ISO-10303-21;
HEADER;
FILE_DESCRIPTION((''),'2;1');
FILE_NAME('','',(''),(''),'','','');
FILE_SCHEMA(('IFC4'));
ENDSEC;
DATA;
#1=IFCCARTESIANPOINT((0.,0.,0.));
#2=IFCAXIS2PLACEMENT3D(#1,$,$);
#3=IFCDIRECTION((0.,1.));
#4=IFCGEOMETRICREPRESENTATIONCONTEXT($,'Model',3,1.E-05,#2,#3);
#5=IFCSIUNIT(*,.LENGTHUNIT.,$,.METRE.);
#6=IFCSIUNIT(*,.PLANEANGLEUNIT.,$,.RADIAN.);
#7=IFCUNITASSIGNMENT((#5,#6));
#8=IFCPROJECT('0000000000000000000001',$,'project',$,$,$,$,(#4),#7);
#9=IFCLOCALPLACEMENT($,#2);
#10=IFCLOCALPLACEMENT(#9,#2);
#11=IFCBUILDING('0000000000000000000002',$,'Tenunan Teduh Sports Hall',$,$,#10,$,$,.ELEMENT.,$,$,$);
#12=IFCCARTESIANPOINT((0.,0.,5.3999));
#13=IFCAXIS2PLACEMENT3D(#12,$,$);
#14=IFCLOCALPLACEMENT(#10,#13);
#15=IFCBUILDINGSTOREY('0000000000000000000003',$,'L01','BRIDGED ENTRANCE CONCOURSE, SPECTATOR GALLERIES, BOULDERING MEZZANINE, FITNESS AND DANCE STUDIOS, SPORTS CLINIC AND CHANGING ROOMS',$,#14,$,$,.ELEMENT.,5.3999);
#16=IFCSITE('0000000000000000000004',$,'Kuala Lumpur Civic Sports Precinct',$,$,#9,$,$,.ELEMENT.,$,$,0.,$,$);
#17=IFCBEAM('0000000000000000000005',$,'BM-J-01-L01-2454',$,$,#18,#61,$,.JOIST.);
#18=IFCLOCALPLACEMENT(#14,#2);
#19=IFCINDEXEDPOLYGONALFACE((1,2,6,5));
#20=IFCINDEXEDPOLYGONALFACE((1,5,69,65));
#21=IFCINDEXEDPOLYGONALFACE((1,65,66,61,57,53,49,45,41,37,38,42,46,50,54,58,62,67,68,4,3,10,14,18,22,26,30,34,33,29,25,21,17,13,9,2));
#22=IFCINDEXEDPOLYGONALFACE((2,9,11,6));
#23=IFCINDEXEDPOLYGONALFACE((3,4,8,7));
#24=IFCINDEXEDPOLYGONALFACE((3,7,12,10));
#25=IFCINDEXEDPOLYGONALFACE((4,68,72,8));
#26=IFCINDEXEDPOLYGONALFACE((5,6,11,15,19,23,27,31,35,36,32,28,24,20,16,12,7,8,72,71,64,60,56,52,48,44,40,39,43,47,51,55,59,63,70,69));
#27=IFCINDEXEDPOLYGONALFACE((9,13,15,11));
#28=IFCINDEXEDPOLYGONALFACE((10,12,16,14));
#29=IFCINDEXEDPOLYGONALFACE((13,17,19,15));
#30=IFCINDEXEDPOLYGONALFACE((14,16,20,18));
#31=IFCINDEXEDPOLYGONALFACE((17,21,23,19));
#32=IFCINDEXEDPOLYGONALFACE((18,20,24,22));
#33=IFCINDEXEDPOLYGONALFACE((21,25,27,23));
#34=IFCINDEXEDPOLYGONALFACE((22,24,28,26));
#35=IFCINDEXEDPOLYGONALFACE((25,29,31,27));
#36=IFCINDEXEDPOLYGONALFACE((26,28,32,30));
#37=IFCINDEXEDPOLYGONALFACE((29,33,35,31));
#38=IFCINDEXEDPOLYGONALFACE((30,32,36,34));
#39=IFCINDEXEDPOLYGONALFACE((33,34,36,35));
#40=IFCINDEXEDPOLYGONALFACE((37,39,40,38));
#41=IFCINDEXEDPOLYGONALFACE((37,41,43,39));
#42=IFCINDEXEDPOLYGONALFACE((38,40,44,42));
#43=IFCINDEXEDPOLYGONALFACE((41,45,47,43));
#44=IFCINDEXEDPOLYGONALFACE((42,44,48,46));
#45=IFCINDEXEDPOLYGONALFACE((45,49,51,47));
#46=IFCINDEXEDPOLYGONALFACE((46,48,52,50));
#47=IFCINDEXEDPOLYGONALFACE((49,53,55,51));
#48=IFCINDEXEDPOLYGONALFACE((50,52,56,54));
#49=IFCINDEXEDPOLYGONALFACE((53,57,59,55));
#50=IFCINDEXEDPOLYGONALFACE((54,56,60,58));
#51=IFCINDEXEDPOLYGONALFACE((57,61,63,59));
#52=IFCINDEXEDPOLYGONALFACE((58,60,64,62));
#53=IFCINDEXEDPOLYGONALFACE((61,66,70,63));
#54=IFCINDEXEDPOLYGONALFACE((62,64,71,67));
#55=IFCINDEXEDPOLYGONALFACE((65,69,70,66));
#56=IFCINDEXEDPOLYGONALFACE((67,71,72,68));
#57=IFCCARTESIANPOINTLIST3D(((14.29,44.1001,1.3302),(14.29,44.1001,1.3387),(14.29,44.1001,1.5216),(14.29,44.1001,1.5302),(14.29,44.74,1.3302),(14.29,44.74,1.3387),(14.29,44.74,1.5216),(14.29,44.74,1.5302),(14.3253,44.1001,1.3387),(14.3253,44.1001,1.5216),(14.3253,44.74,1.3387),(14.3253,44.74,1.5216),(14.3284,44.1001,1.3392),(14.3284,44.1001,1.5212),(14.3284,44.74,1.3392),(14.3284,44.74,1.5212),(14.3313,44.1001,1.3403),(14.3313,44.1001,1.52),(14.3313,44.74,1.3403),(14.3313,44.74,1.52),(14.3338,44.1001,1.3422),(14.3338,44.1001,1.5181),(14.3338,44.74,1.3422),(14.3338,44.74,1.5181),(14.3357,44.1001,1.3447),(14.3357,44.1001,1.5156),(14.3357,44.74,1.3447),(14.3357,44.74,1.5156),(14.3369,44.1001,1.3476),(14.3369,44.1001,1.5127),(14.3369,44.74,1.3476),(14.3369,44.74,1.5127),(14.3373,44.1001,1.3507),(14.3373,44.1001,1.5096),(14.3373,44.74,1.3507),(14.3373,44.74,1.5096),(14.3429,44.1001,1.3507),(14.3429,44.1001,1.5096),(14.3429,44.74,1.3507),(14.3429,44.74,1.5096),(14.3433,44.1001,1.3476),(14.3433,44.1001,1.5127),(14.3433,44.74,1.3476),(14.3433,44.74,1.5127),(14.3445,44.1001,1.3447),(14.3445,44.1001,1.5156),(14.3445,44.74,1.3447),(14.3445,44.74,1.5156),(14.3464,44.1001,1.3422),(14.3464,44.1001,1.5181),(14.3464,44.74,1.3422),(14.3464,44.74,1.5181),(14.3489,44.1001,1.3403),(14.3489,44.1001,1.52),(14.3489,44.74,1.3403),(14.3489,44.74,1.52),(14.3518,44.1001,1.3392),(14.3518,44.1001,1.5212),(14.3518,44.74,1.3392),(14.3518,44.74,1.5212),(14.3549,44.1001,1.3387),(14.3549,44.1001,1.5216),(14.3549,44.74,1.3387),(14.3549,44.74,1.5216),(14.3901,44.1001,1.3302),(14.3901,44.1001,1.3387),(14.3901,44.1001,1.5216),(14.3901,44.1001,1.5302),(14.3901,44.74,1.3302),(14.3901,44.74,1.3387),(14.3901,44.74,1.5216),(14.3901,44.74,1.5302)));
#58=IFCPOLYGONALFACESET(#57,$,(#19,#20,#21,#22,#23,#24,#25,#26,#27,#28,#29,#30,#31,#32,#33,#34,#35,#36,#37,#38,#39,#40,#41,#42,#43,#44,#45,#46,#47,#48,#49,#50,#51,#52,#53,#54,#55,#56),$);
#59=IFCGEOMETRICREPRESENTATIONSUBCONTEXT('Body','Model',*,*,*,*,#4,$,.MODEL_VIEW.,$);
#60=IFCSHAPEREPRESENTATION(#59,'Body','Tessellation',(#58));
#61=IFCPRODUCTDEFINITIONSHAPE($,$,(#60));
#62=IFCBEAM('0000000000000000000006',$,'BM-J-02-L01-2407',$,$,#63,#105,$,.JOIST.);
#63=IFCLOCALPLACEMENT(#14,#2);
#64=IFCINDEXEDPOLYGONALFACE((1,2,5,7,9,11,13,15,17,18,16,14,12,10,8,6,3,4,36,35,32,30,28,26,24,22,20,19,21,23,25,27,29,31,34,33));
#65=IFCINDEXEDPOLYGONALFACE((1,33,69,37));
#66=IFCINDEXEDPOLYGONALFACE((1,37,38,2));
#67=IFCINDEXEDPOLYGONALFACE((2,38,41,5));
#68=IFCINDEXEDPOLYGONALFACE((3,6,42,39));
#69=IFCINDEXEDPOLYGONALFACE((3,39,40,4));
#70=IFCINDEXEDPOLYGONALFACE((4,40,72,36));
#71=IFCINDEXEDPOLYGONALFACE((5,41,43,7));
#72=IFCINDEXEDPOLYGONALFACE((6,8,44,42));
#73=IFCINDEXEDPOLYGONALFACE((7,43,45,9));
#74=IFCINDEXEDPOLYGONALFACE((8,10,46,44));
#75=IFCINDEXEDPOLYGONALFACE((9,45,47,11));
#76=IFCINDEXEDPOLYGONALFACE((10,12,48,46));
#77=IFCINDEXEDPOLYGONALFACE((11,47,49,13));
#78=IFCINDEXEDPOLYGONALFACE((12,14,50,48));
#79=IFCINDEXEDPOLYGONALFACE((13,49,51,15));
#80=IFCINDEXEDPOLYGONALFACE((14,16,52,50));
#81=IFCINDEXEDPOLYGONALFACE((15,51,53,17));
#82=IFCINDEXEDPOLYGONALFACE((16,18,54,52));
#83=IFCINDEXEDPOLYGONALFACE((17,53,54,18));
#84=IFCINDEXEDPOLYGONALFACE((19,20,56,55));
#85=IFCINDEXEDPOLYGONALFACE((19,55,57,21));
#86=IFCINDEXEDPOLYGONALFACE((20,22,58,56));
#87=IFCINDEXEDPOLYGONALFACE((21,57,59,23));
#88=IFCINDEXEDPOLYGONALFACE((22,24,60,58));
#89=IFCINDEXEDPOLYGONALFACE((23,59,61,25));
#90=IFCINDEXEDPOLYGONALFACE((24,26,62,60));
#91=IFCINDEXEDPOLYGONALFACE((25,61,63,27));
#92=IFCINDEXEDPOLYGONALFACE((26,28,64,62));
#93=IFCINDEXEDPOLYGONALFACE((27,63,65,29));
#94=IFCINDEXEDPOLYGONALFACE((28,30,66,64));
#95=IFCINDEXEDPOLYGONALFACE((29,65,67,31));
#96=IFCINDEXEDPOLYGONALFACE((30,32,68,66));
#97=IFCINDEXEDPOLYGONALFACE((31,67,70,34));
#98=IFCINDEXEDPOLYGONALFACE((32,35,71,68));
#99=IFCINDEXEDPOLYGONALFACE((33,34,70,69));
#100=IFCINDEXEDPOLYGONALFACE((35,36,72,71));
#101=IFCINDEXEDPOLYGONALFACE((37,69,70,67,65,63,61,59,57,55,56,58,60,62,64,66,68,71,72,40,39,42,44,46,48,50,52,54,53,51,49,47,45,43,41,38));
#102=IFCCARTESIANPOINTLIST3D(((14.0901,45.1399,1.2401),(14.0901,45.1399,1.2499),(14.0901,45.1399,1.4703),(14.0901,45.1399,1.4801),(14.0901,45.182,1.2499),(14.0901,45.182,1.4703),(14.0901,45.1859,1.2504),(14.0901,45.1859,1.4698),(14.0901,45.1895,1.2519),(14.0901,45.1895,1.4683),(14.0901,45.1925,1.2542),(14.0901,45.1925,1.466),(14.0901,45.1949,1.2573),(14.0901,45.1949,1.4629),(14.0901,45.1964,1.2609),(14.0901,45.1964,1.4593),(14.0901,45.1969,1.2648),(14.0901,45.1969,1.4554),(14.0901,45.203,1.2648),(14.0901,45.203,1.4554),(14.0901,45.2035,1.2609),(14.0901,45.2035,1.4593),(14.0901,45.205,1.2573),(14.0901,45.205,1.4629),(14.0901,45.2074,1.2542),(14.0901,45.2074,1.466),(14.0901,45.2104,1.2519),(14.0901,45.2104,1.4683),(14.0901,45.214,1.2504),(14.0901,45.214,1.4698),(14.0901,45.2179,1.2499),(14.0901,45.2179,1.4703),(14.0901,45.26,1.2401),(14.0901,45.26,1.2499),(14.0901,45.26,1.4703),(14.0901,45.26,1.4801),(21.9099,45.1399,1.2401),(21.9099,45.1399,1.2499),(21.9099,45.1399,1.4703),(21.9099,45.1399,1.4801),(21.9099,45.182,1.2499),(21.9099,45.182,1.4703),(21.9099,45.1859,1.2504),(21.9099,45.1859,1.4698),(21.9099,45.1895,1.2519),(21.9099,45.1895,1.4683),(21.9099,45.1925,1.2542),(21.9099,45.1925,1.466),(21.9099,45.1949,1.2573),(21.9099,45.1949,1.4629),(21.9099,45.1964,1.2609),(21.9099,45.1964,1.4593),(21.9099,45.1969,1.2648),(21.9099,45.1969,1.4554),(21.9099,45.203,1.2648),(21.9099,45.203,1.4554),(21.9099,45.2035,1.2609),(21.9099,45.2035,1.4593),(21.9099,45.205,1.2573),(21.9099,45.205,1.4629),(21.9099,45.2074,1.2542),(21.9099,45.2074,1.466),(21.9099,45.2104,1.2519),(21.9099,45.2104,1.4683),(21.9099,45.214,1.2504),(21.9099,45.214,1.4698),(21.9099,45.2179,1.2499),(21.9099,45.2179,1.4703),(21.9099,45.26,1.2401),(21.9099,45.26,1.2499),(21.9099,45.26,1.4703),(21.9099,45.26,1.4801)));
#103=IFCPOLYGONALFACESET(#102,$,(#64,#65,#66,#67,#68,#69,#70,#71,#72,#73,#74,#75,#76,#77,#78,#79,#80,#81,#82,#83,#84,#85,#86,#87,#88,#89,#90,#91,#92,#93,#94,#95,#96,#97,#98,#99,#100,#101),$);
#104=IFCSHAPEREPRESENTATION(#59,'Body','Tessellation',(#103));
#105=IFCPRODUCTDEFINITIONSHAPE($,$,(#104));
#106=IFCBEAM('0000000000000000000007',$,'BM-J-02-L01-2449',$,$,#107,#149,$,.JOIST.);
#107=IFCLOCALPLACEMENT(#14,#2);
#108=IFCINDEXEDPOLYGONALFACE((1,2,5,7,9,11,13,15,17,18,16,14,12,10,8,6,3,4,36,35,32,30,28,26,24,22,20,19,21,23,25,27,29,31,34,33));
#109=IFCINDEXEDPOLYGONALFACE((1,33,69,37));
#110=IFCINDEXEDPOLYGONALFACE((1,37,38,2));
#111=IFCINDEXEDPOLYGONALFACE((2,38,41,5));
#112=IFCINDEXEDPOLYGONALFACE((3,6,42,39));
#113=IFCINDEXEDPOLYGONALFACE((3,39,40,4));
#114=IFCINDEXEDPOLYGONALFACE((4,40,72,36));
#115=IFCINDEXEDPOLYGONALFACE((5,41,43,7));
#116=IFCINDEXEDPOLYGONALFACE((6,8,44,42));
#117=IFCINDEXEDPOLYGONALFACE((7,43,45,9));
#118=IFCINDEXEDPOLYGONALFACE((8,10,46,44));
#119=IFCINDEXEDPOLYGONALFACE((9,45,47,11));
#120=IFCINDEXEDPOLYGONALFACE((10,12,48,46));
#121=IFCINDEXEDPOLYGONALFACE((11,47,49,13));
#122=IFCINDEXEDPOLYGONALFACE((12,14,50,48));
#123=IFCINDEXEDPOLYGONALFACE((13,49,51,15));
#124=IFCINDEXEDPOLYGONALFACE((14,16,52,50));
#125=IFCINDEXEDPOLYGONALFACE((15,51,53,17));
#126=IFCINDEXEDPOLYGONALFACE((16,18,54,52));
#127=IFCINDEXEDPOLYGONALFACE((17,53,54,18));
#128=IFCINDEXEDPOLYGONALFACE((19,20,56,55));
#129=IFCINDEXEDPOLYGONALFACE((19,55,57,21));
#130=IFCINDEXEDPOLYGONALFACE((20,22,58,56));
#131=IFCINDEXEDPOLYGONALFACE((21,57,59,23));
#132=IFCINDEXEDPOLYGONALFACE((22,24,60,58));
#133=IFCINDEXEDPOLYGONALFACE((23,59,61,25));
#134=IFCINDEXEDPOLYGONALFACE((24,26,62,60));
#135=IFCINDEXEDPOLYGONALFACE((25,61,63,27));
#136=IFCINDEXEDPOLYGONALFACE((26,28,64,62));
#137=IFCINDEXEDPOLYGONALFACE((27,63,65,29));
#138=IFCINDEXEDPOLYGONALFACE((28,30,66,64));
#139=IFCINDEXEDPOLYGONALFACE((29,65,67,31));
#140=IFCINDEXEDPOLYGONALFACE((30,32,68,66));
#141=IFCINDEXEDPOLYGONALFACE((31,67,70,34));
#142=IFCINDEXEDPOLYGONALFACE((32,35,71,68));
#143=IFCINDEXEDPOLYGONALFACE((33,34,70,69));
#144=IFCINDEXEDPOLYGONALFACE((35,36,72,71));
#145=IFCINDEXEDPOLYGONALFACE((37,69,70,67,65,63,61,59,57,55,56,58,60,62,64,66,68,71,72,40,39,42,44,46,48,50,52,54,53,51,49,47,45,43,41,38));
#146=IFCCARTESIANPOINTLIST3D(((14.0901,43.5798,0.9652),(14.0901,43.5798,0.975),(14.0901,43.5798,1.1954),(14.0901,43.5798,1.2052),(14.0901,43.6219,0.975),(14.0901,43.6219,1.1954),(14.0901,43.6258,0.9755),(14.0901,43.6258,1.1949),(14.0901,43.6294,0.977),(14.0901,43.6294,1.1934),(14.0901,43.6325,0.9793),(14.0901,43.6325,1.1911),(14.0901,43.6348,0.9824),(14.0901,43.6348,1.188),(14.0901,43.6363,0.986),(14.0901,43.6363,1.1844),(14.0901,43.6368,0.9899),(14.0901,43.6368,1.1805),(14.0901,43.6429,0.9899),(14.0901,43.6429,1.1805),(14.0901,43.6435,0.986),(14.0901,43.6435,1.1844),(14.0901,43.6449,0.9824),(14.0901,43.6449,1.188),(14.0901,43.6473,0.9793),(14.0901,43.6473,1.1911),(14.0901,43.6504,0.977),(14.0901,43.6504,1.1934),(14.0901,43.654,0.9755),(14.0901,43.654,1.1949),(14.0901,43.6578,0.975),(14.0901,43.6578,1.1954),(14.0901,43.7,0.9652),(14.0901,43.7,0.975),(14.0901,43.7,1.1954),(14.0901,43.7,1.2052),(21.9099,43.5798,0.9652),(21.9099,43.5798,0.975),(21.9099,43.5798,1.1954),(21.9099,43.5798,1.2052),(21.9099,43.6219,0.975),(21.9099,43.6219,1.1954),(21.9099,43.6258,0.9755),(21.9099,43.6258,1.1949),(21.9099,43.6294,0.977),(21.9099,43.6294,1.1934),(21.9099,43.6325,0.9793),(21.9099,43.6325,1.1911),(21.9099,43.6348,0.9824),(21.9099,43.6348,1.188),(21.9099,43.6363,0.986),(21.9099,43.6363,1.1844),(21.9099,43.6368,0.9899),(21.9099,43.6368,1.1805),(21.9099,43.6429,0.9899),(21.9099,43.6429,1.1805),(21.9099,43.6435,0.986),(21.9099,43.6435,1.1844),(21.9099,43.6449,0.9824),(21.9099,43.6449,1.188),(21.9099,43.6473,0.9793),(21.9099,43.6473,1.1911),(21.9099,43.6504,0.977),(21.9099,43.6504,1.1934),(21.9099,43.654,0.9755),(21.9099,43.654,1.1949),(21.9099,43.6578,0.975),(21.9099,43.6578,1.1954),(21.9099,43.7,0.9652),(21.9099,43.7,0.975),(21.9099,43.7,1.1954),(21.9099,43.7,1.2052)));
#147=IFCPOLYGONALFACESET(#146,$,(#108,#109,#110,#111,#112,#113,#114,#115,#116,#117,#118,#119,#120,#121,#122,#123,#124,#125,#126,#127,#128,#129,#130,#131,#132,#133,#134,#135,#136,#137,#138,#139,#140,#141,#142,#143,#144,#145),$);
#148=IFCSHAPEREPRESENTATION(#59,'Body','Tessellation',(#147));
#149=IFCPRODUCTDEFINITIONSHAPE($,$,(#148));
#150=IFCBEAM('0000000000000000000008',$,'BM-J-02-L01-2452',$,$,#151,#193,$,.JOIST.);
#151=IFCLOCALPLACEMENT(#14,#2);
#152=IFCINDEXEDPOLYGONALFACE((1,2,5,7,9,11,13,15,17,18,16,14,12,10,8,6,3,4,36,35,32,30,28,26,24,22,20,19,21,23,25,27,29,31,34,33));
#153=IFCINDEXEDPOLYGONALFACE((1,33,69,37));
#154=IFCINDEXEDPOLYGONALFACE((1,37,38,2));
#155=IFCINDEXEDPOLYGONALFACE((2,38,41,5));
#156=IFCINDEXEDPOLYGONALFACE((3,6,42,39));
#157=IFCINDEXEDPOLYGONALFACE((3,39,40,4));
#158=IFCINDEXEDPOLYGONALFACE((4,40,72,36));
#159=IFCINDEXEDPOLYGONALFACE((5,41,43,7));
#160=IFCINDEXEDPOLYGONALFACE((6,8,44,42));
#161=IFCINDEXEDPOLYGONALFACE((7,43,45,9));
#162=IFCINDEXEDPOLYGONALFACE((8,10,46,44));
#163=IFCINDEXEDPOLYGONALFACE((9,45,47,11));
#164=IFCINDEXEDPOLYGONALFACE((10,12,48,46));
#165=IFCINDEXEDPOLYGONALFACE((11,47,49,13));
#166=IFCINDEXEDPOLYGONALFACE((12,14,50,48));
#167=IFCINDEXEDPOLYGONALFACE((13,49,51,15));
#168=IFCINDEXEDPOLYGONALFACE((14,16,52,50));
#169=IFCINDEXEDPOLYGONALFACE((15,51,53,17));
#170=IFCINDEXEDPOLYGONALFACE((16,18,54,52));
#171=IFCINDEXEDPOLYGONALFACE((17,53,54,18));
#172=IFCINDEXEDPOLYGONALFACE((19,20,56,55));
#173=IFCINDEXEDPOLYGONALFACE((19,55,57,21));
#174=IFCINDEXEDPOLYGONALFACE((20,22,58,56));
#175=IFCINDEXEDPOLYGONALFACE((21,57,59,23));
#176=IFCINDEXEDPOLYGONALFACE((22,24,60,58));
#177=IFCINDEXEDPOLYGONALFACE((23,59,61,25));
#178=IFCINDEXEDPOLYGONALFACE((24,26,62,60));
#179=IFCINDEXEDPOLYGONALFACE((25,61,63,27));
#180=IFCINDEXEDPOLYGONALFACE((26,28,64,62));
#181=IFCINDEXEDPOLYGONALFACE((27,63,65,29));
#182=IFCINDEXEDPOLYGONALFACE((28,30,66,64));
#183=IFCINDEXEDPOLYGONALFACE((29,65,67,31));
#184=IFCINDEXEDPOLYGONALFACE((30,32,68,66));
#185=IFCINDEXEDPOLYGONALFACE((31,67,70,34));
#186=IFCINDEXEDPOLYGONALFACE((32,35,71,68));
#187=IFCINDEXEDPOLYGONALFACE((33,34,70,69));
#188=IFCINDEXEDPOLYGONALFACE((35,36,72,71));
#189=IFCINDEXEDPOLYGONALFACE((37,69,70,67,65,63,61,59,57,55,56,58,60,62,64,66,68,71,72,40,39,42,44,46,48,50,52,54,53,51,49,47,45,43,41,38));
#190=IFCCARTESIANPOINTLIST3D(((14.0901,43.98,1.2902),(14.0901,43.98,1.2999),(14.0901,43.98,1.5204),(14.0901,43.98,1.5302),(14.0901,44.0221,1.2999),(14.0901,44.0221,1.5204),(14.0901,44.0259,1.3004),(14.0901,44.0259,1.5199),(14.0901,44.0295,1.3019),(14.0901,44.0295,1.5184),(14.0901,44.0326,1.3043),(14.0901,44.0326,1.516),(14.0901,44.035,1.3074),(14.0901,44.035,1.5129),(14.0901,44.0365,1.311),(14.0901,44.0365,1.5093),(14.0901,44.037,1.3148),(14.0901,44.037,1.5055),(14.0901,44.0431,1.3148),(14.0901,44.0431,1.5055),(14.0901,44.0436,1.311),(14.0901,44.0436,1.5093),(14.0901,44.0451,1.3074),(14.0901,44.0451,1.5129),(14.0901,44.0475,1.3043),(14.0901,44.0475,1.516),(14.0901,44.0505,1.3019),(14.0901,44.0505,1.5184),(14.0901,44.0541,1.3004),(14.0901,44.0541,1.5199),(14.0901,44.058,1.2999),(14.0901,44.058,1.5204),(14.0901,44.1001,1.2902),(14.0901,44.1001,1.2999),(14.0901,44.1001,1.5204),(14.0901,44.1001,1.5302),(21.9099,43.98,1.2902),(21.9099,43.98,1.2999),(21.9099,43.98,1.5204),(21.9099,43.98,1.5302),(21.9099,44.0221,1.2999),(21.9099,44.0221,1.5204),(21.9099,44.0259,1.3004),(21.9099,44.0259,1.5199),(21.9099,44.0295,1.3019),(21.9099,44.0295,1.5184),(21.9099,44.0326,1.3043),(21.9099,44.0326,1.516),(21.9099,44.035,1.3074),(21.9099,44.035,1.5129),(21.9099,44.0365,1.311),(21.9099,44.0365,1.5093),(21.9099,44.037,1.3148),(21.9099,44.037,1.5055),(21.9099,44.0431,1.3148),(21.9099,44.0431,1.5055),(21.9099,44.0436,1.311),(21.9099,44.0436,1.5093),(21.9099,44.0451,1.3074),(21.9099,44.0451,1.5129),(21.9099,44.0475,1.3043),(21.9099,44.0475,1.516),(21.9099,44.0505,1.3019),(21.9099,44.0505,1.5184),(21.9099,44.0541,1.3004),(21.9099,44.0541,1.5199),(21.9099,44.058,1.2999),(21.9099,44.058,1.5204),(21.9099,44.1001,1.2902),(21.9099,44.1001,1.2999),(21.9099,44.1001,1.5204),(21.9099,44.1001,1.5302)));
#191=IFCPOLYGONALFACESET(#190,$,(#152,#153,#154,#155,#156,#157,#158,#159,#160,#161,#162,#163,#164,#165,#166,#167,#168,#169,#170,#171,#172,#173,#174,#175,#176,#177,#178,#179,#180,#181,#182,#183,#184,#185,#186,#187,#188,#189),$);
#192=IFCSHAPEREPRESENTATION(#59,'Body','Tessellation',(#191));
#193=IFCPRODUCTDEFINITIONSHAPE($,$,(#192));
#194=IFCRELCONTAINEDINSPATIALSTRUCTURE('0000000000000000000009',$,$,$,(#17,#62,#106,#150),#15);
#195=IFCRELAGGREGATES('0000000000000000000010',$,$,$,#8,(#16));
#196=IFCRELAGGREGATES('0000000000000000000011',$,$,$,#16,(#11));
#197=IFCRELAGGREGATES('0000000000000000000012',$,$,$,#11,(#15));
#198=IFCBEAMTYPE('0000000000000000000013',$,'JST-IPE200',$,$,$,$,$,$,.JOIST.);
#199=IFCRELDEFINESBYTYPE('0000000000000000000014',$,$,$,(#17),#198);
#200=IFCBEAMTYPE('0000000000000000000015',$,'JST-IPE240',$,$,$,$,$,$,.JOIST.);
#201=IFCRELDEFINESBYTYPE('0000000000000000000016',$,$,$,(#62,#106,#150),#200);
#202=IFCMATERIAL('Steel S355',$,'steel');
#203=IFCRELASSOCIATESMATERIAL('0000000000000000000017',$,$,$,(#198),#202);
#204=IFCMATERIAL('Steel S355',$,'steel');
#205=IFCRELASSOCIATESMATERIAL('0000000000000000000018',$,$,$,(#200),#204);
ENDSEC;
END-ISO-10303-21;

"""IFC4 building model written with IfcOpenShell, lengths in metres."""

from ifc_helpers import new_model, si_unit, direction, frame, origin, origin_2d, place, context, subcontext, project, spatial, i_section, extrude, material, material_profile, profile_set, type_object, element, save


model = new_model("IFC4")

# Units and contexts
model_context = context("Model", 3, precision=1e-05, world=origin(), true_north=direction((0.0, 1.0)))
body_context = subcontext(model_context, "Body", "Model", "MODEL_VIEW")
ifc_project = project(units=[si_unit("LENGTHUNIT", "METRE"), si_unit("PLANEANGLEUNIT", "RADIAN")], contexts=[model_context])

# Site, building, storey
site_placement = place(None, origin())
site = spatial("IfcSite", under=ifc_project, at=site_placement, Name="Kuala Lumpur Civic Sports Precinct", CompositionType="ELEMENT", RefElevation=0.0)
building_placement = place(site_placement, origin())
building = spatial("IfcBuilding", under=site, at=building_placement, Name="Tenunan Teduh Sports Hall", CompositionType="ELEMENT")
storey_placement = place(building_placement, frame((0.0, 0.0, 5.3999)))
storey = spatial("IfcBuildingStorey", under=building, at=storey_placement, Name="L01", Description="BRIDGED ENTRANCE CONCOURSE, SPECTATOR GALLERIES, BOULDERING MEZZANINE, FITNESS AND DANCE STUDIOS, SPORTS CLINIC AND CHANGING ROOMS", CompositionType="ELEMENT", Elevation=5.3999)

# Beams
ifc_material_1 = material(Name="Steel S355", Category="steel")
ifc_material_profile_1 = material_profile(ifc_material_1, i_section(OverallWidth=0.1001, OverallDepth=0.2, WebThickness=0.0056, FlangeThickness=0.0085, FilletRadius=0.012, at=origin_2d()), Name="IPE 200")
ifc_profile_set_1 = profile_set([ifc_material_profile_1], Name="Steel S355")
beam_type_1 = type_object("IfcBeamType", Name="JST-IPE200", PredefinedType="JOIST", material=ifc_profile_set_1)
for number, where, z_axis, x_axis, name in (
    (1, (14.3401, 44.1001, 1.4302), (0.0, 1.0, 0.0), (-1.0, 0.0, 0.0), "BM-J-01-L01-2454"),
):
    element("IfcBeam", number, at=place(storey_placement, frame(where, z_axis=z_axis, x_axis=x_axis)), inside=storey, type_object=beam_type_1, Name=name, PredefinedType="JOIST", context=body_context, shape_type="SweptSolid", body=[
        extrude(i_section(OverallWidth=0.1001, OverallDepth=0.2, WebThickness=0.0056, FlangeThickness=0.0085, FilletRadius=0.012, at=origin_2d()), origin(), (0.0, 0.0, 1.0), 0.6399),
    ])
ifc_material_2 = material(Name="Steel S355", Category="steel")
ifc_material_profile_2 = material_profile(ifc_material_2, i_section(OverallWidth=0.1201, OverallDepth=0.24, WebThickness=0.0061, FlangeThickness=0.0098, FilletRadius=0.0149, at=origin_2d()), Name="IPE 240")
ifc_profile_set_2 = profile_set([ifc_material_profile_2], Name="Steel S355")
beam_type_2 = type_object("IfcBeamType", Name="JST-IPE240", PredefinedType="JOIST", material=ifc_profile_set_2)
for number, where, z_axis, x_axis, name in (
    (2, (14.0901, 45.2, 1.3601), (1.0, 0.0, 0.0), (0.0, 1.0, 0.0), "BM-J-02-L01-2407"),
    (3, (14.0901, 43.6399, 1.0852), (1.0, 0.0, 0.0), (0.0, 1.0, 0.0), "BM-J-02-L01-2449"),
    (4, (14.0901, 44.04, 1.4102), (1.0, 0.0, 0.0), (0.0, 1.0, 0.0), "BM-J-02-L01-2452"),
):
    element("IfcBeam", number, at=place(storey_placement, frame(where, z_axis=z_axis, x_axis=x_axis)), inside=storey, type_object=beam_type_2, Name=name, PredefinedType="JOIST", context=body_context, shape_type="SweptSolid", body=[
        extrude(i_section(OverallWidth=0.1201, OverallDepth=0.24, WebThickness=0.0061, FlangeThickness=0.0098, FilletRadius=0.0149, at=origin_2d()), origin(), (0.0, 0.0, 1.0), 7.8198),
    ])

save(model, "model.ifc")
